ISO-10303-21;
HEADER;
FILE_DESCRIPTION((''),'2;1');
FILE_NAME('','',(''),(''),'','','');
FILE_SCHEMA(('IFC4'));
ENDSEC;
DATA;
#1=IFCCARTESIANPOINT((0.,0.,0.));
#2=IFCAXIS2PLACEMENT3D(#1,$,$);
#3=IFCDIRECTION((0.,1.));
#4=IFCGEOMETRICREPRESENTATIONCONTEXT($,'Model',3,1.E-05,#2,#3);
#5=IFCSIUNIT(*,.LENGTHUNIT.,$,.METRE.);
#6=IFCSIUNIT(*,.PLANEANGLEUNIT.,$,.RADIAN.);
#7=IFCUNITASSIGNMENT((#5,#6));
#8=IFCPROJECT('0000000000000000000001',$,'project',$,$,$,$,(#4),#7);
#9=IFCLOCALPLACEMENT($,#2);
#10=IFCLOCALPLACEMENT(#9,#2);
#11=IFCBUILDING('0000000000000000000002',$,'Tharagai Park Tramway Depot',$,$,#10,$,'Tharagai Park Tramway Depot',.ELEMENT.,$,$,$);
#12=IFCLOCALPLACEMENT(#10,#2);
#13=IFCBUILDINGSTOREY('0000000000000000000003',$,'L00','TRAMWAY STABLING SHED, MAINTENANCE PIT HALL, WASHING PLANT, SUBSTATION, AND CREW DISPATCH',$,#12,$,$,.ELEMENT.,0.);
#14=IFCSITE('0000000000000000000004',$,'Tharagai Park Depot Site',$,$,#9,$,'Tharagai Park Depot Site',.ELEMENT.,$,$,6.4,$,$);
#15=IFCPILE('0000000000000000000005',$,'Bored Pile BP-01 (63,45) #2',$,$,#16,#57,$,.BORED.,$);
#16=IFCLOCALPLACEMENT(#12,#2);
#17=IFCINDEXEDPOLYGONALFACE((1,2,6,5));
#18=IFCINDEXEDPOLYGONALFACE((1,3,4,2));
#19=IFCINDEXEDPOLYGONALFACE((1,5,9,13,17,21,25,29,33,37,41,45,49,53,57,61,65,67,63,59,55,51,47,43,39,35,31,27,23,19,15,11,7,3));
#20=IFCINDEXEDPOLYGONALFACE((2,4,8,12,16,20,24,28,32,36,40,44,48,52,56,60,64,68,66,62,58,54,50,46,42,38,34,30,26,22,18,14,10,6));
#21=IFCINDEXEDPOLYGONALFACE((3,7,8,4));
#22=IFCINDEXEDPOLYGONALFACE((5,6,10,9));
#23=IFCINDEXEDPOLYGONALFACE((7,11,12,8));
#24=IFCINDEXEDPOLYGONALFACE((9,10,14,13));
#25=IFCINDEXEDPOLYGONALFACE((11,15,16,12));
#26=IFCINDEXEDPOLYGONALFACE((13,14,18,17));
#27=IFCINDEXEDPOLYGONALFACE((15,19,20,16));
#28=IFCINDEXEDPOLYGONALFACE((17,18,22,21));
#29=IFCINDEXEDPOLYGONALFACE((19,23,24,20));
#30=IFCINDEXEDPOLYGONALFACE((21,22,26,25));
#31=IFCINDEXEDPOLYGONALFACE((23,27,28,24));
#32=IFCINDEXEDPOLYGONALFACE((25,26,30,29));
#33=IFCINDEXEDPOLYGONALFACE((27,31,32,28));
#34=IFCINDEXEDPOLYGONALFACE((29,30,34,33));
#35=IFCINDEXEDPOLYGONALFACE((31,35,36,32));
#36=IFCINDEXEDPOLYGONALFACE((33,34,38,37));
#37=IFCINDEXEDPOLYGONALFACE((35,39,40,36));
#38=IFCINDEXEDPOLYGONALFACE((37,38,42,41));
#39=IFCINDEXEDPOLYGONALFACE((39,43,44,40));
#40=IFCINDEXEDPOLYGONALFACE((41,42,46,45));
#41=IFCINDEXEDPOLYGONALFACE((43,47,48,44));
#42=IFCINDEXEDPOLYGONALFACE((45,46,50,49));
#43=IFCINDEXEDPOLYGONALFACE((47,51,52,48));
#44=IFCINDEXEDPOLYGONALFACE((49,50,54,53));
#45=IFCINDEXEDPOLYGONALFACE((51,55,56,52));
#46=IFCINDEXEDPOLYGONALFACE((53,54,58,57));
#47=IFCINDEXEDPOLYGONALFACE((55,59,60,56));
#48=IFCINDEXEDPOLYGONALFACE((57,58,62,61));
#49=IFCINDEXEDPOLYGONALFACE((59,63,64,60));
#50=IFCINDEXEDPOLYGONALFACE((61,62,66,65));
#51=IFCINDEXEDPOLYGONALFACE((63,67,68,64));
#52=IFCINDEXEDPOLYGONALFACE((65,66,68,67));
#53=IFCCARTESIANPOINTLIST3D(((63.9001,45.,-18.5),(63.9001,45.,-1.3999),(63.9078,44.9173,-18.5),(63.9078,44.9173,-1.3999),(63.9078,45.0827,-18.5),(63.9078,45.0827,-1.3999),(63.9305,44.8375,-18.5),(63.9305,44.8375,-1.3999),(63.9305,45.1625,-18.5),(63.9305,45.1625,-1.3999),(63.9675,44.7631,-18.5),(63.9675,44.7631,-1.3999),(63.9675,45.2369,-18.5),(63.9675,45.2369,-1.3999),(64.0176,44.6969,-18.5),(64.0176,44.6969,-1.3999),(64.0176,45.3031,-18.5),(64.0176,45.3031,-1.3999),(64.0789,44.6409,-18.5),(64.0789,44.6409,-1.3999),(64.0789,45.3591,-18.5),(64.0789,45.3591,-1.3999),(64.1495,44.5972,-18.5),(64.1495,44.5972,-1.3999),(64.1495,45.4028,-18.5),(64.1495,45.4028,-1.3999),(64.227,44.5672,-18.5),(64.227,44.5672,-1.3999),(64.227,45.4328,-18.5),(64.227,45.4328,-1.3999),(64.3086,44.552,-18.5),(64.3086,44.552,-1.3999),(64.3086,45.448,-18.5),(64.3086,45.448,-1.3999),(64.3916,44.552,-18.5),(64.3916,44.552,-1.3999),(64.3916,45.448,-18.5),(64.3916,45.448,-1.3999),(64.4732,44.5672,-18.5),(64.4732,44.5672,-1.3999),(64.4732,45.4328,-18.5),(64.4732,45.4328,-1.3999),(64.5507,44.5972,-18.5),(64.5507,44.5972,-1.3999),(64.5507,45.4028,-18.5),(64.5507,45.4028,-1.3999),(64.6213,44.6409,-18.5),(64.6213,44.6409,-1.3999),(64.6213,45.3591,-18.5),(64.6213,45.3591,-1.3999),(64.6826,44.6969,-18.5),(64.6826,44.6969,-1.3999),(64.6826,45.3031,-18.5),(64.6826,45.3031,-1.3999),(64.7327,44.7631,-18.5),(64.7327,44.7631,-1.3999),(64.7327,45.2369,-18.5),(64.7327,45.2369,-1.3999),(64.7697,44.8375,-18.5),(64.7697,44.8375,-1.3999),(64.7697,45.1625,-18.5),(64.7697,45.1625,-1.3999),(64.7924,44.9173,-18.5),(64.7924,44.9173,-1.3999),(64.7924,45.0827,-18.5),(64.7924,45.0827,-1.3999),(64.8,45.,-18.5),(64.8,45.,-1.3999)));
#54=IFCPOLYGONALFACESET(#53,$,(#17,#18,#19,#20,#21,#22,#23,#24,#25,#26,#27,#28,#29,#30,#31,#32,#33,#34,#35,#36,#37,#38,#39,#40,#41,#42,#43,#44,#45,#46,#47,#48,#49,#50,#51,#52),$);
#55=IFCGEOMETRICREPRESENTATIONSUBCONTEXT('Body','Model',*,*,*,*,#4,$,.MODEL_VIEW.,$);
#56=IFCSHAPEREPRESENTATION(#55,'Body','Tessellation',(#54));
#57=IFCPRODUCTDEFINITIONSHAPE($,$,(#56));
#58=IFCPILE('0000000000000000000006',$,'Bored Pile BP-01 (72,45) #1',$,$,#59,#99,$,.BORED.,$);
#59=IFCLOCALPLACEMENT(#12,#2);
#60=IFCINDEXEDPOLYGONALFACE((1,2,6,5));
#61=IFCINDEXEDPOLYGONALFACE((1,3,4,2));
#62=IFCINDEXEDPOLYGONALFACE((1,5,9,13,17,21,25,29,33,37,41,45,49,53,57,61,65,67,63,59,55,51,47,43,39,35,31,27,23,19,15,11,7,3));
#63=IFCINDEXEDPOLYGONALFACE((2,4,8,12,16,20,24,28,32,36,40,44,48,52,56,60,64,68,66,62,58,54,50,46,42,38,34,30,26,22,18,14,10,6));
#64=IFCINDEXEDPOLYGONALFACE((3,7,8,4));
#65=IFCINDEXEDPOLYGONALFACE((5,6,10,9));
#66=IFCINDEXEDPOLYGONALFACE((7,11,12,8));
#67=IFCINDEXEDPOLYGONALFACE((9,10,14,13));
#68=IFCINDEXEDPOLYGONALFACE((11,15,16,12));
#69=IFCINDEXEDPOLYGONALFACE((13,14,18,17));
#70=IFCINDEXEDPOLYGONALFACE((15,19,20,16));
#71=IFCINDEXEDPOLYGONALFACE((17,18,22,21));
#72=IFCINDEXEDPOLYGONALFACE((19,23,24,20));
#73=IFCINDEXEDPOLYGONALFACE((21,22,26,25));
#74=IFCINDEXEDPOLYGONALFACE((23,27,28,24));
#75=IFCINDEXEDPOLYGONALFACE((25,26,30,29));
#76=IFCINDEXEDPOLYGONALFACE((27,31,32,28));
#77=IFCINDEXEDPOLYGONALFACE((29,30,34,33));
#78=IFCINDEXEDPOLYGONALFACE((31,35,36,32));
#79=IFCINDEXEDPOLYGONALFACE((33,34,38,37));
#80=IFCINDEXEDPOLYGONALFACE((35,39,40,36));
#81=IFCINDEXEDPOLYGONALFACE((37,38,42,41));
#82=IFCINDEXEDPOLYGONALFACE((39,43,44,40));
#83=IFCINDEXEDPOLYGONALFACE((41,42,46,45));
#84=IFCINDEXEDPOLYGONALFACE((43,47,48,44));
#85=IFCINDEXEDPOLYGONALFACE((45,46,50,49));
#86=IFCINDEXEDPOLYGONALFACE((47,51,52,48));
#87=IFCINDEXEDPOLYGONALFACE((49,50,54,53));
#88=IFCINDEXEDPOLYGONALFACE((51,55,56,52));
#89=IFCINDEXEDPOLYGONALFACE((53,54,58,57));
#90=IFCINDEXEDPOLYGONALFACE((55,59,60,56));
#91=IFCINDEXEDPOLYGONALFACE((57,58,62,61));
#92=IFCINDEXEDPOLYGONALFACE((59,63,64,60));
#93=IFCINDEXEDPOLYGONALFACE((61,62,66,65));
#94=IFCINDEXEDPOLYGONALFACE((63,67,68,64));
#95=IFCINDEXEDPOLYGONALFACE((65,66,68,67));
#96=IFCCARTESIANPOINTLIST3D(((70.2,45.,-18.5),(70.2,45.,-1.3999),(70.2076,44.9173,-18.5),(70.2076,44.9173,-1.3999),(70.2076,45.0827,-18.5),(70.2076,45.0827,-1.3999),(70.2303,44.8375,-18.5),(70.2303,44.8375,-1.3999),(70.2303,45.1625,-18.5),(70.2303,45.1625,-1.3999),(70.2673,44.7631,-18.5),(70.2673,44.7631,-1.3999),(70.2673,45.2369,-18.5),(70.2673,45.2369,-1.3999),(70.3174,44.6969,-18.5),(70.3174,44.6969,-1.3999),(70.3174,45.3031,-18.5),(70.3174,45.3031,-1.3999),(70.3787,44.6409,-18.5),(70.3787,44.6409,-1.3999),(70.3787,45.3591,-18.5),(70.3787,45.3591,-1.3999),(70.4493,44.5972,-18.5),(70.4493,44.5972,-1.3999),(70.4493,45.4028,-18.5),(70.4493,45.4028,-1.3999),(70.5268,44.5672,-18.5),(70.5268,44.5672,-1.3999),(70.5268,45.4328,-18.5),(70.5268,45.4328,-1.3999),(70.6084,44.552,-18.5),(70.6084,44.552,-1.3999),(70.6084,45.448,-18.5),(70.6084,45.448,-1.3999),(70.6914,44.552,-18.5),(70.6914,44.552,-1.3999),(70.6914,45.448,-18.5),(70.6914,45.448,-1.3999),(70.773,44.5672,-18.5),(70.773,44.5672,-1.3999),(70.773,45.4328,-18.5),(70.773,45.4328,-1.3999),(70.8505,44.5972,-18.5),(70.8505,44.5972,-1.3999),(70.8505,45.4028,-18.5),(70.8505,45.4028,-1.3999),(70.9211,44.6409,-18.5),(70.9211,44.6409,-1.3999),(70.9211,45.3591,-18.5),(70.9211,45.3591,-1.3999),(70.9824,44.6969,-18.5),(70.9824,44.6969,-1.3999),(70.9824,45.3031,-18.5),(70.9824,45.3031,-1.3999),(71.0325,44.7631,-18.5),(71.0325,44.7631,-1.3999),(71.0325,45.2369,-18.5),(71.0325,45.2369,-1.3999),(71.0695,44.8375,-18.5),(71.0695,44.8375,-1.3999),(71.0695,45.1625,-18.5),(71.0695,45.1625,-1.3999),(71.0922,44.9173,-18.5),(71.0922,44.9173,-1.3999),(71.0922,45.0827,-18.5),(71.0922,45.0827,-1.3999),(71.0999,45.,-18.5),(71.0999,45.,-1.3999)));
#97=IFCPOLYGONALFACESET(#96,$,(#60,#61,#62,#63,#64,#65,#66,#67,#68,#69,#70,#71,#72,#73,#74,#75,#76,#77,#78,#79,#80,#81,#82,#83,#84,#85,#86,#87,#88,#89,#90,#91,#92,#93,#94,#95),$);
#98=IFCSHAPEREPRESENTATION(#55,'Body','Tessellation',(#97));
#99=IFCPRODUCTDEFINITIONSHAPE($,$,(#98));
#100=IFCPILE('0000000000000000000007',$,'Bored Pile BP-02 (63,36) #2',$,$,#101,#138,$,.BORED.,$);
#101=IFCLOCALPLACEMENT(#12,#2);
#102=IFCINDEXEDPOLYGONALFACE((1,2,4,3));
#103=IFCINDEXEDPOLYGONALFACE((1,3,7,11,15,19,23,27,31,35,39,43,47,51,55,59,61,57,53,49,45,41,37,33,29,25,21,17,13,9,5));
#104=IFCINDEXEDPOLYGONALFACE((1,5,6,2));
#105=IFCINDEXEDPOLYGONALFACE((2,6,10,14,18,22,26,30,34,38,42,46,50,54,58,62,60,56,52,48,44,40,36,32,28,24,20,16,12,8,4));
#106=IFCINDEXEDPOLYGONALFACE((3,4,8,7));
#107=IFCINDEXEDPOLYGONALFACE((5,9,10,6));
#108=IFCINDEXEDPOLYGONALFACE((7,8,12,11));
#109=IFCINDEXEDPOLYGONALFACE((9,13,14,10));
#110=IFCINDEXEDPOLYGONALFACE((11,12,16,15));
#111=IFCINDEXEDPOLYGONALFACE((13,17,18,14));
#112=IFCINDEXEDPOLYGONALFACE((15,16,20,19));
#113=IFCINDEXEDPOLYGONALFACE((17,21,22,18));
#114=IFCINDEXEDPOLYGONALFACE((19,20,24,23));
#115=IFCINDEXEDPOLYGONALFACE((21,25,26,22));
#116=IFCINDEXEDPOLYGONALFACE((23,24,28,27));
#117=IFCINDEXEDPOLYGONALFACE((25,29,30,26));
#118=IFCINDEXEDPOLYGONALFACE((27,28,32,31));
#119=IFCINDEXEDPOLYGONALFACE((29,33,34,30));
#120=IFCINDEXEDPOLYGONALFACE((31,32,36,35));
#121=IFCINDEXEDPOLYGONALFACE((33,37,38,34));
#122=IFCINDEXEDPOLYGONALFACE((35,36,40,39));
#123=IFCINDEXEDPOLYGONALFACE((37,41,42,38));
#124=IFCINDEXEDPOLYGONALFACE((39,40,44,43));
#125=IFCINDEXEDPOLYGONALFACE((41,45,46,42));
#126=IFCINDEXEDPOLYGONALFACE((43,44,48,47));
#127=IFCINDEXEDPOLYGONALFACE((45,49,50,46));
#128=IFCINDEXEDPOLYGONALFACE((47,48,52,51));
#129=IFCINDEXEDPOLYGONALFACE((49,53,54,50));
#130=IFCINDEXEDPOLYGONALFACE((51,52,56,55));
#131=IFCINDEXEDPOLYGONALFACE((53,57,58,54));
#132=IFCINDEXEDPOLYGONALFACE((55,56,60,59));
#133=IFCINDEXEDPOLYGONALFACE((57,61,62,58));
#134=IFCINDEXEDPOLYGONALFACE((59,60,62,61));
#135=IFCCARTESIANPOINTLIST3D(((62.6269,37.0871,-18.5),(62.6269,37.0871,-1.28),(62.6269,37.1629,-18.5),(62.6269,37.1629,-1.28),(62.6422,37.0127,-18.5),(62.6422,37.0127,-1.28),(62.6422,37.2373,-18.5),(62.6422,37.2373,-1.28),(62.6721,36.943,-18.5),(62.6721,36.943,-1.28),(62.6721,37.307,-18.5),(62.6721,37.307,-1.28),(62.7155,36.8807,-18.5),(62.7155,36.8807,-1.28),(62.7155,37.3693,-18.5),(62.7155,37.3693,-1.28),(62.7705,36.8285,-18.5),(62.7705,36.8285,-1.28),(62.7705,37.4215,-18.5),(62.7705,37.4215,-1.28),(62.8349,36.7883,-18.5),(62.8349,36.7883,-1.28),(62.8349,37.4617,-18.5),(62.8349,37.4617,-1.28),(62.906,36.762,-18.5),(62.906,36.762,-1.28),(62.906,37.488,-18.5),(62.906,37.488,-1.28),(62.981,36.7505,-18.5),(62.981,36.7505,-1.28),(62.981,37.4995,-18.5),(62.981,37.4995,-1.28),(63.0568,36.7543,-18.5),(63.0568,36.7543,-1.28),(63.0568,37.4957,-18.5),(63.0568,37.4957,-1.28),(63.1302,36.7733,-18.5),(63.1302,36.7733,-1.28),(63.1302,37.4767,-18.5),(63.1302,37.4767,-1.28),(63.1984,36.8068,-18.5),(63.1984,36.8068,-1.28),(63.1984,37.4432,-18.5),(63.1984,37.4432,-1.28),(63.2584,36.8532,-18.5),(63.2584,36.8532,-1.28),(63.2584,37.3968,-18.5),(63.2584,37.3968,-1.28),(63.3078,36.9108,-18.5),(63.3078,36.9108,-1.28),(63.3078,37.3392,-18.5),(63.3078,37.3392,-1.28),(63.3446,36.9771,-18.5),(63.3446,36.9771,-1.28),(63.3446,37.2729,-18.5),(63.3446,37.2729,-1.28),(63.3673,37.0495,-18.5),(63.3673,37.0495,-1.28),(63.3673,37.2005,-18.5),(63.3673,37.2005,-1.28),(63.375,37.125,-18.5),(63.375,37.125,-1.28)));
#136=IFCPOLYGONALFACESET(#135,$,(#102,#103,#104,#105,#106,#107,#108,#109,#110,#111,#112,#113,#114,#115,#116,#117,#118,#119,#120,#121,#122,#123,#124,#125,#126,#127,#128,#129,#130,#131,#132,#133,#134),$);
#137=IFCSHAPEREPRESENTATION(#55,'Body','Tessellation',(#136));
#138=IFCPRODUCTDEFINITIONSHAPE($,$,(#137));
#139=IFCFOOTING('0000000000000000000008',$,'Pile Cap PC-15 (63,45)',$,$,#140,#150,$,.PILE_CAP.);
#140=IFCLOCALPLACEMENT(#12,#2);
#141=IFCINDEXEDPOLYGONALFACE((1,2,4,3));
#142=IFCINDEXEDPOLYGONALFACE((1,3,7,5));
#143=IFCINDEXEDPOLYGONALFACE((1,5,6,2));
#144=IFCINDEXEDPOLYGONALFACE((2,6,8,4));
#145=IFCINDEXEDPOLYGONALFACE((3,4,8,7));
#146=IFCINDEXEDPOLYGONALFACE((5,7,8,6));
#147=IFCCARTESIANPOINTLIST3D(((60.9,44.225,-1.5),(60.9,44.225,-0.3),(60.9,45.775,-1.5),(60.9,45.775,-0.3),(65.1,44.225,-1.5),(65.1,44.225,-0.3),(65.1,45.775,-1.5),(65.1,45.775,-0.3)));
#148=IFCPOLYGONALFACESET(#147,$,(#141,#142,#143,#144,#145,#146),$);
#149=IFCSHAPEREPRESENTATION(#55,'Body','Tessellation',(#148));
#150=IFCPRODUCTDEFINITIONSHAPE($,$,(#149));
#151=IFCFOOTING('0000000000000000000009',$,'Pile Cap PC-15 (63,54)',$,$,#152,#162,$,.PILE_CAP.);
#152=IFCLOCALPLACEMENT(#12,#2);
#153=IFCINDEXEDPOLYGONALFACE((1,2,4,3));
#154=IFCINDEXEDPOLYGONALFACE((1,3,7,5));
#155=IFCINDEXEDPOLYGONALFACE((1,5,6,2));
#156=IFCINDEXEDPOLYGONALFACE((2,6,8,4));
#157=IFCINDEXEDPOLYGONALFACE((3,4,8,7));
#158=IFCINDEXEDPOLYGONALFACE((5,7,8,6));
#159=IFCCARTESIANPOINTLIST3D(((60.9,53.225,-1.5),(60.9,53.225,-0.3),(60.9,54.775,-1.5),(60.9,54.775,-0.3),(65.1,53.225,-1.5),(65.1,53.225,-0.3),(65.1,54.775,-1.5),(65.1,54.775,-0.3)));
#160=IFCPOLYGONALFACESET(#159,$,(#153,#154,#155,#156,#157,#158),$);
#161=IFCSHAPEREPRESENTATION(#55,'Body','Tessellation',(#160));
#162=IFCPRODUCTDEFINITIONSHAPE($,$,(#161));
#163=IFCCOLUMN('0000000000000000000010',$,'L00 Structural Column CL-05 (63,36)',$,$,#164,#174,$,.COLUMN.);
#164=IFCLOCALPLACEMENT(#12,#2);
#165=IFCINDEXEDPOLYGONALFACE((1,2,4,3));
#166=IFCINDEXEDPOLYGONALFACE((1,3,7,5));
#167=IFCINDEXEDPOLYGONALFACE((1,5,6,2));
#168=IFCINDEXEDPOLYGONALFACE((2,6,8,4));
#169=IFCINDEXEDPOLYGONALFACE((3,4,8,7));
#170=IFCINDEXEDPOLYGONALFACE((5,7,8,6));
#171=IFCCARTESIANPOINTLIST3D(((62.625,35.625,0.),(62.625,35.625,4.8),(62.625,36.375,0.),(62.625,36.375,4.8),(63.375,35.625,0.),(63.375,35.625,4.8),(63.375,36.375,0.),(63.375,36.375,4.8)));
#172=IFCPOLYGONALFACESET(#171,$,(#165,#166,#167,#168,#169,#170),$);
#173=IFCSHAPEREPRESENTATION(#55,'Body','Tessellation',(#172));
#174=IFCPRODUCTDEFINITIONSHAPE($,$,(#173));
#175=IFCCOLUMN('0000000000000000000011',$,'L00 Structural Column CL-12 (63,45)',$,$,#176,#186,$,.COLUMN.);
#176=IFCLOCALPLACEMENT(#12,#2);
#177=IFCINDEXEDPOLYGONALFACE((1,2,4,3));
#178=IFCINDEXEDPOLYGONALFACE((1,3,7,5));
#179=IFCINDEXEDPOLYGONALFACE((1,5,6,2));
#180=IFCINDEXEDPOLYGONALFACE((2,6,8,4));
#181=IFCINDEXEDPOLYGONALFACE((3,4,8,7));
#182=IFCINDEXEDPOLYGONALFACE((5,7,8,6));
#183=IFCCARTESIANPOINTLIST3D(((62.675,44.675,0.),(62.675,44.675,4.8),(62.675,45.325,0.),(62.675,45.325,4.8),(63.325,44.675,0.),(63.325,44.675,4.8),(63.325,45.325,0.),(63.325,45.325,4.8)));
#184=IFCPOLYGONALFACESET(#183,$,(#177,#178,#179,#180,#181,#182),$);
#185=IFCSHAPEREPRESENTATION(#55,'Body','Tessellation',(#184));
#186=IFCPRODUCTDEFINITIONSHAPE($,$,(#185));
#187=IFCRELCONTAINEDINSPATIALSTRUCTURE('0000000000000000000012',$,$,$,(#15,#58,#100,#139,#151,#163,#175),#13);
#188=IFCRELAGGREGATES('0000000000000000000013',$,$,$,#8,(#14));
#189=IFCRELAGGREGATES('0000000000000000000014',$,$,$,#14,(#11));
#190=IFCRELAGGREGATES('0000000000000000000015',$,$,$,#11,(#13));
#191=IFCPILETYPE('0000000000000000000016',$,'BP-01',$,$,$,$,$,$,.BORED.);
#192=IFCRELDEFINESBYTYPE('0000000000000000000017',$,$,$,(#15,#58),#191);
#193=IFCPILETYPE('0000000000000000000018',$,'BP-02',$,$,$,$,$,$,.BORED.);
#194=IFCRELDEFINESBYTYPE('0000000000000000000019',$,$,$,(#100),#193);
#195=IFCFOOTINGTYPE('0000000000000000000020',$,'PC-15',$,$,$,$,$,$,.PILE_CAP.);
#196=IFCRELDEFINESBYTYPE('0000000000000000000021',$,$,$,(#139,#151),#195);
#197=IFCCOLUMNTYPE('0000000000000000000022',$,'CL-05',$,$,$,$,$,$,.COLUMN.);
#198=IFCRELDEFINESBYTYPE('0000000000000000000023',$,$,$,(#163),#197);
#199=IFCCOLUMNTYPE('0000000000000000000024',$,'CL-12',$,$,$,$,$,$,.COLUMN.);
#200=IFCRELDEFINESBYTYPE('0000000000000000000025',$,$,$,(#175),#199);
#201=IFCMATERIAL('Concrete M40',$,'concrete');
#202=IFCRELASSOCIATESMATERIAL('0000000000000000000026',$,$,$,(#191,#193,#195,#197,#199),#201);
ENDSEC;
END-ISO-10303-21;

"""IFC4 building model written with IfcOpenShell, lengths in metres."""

from ifc_helpers import new_model, si_unit, direction, frame, origin, origin_2d, place, context, subcontext, project, spatial, rectangle, circle, extrude, material, material_profile, profile_set, type_object, element, save


model = new_model("IFC4")

# Units and contexts
model_context = context("Model", 3, precision=1e-05, world=origin(), true_north=direction((0.0, 1.0)))
body_context = subcontext(model_context, "Body", "Model", "MODEL_VIEW")
ifc_project = project(units=[si_unit("LENGTHUNIT", "METRE"), si_unit("PLANEANGLEUNIT", "RADIAN")], contexts=[model_context])

# Site, building, storey
site_placement = place(None, origin())
site = spatial("IfcSite", under=ifc_project, at=site_placement, Name="Tharagai Park Depot Site", LongName="Tharagai Park Depot Site", CompositionType="ELEMENT", RefElevation=6.4)
building_placement = place(site_placement, origin())
building = spatial("IfcBuilding", under=site, at=building_placement, Name="Tharagai Park Tramway Depot", LongName="Tharagai Park Tramway Depot", CompositionType="ELEMENT")
storey_placement = place(building_placement, origin())
storey = spatial("IfcBuildingStorey", under=building, at=storey_placement, Name="L00", Description="TRAMWAY STABLING SHED, MAINTENANCE PIT HALL, WASHING PLANT, SUBSTATION, AND CREW DISPATCH", CompositionType="ELEMENT", Elevation=0.0)

# Piles
ifc_material_1 = material(Name="Concrete M40", Category="concrete")
ifc_material_profile_1 = material_profile(ifc_material_1, circle(Radius=0.45, at=origin_2d()), Name="PILE D900")
ifc_profile_set_1 = profile_set([ifc_material_profile_1], Name="Concrete M40")
pile_type_1 = type_object("IfcPileType", Name="BP-01", PredefinedType="BORED", material=ifc_profile_set_1)
for number, where, z_axis, x_axis, name in (
    (1, (64.3501, 45.0, -1.3999), (0.0, 0.0, -1.0), (1.0, 0.0, 0.0), "Bored Pile BP-01 (63,45) #2"),
    (2, (70.6499, 45.0, -1.3999), (0.0, 0.0, -1.0), (1.0, 0.0, 0.0), "Bored Pile BP-01 (72,45) #1"),
):
    element("IfcPile", number, at=place(storey_placement, frame(where, z_axis=z_axis, x_axis=x_axis)), inside=storey, type_object=pile_type_1, Name=name, PredefinedType="BORED", context=body_context, shape_type="SweptSolid", body=[
        extrude(circle(Radius=0.45, at=origin_2d()), origin(), (0.0, 0.0, 1.0), 17.1001),
    ])
ifc_material_profile_2 = material_profile(ifc_material_1, circle(Radius=0.375, at=origin_2d()), Name="PILE D750")
ifc_profile_set_2 = profile_set([ifc_material_profile_2], Name="Concrete M40")
pile_type_2 = type_object("IfcPileType", Name="BP-02", PredefinedType="BORED", material=ifc_profile_set_2)
pile_placement = place(storey_placement, frame((63.0, 37.125, -1.28), z_axis=(0.0, 0.0, -1.0), x_axis=(1.0, 0.0, 0.0)))
element("IfcPile", 3, at=pile_placement, inside=storey, type_object=pile_type_2, Name="Bored Pile BP-02 (63,36) #2", PredefinedType="BORED", context=body_context, shape_type="SweptSolid", body=[
    extrude(circle(Radius=0.375, at=origin_2d()), origin(), (0.0, 0.0, 1.0), 17.22),
])

# Footings
footing_type = type_object("IfcFootingType", Name="PC-15", PredefinedType="PILE_CAP", material=ifc_material_1)
for number, where, z_axis, x_axis, name in (
    (4, (63.0, 45.0, -1.5), (0.0, 0.0, 1.0), (1.0, 0.0, 0.0), "Pile Cap PC-15 (63,45)"),
    (5, (63.0, 54.0, -1.5), (0.0, 0.0, 1.0), (1.0, 0.0, 0.0), "Pile Cap PC-15 (63,54)"),
):
    element("IfcFooting", number, at=place(storey_placement, frame(where, z_axis=z_axis, x_axis=x_axis)), inside=storey, type_object=footing_type, Name=name, PredefinedType="PILE_CAP", context=body_context, shape_type="SweptSolid", body=[
        extrude(rectangle(XDim=4.2, YDim=1.55, at=origin_2d()), origin(), (0.0, 0.0, 1.0), 1.2),
    ])

# Columns
ifc_material_profile_3 = material_profile(ifc_material_1, rectangle(XDim=0.75, YDim=0.75, at=origin_2d()), Name="RC 750x750")
ifc_profile_set_3 = profile_set([ifc_material_profile_3], Name="Concrete M40")
column_type_1 = type_object("IfcColumnType", Name="CL-05", PredefinedType="COLUMN", material=ifc_profile_set_3)
column_1_placement = place(storey_placement, frame((63.0, 36.0, 0.0), z_axis=(0.0, 0.0, 1.0), x_axis=(1.0, 0.0, 0.0)))
element("IfcColumn", 6, at=column_1_placement, inside=storey, type_object=column_type_1, Name="L00 Structural Column CL-05 (63,36)", PredefinedType="COLUMN", context=body_context, shape_type="SweptSolid", body=[
    extrude(rectangle(XDim=0.75, YDim=0.75, at=origin_2d()), origin(), (0.0, 0.0, 1.0), 4.8),
])
ifc_material_profile_4 = material_profile(ifc_material_1, rectangle(XDim=0.6499, YDim=0.6499, at=origin_2d()), Name="RC 650x650")
ifc_profile_set_4 = profile_set([ifc_material_profile_4], Name="Concrete M40")
column_type_2 = type_object("IfcColumnType", Name="CL-12", PredefinedType="COLUMN", material=ifc_profile_set_4)
column_2_placement = place(storey_placement, frame((63.0, 45.0, 0.0), z_axis=(0.0, 0.0, 1.0), x_axis=(1.0, 0.0, 0.0)))
element("IfcColumn", 7, at=column_2_placement, inside=storey, type_object=column_type_2, Name="L00 Structural Column CL-12 (63,45)", PredefinedType="COLUMN", context=body_context, shape_type="SweptSolid", body=[
    extrude(rectangle(XDim=0.6499, YDim=0.6499, at=origin_2d()), origin(), (0.0, 0.0, 1.0), 4.8),
])

save(model, "model.ifc")
